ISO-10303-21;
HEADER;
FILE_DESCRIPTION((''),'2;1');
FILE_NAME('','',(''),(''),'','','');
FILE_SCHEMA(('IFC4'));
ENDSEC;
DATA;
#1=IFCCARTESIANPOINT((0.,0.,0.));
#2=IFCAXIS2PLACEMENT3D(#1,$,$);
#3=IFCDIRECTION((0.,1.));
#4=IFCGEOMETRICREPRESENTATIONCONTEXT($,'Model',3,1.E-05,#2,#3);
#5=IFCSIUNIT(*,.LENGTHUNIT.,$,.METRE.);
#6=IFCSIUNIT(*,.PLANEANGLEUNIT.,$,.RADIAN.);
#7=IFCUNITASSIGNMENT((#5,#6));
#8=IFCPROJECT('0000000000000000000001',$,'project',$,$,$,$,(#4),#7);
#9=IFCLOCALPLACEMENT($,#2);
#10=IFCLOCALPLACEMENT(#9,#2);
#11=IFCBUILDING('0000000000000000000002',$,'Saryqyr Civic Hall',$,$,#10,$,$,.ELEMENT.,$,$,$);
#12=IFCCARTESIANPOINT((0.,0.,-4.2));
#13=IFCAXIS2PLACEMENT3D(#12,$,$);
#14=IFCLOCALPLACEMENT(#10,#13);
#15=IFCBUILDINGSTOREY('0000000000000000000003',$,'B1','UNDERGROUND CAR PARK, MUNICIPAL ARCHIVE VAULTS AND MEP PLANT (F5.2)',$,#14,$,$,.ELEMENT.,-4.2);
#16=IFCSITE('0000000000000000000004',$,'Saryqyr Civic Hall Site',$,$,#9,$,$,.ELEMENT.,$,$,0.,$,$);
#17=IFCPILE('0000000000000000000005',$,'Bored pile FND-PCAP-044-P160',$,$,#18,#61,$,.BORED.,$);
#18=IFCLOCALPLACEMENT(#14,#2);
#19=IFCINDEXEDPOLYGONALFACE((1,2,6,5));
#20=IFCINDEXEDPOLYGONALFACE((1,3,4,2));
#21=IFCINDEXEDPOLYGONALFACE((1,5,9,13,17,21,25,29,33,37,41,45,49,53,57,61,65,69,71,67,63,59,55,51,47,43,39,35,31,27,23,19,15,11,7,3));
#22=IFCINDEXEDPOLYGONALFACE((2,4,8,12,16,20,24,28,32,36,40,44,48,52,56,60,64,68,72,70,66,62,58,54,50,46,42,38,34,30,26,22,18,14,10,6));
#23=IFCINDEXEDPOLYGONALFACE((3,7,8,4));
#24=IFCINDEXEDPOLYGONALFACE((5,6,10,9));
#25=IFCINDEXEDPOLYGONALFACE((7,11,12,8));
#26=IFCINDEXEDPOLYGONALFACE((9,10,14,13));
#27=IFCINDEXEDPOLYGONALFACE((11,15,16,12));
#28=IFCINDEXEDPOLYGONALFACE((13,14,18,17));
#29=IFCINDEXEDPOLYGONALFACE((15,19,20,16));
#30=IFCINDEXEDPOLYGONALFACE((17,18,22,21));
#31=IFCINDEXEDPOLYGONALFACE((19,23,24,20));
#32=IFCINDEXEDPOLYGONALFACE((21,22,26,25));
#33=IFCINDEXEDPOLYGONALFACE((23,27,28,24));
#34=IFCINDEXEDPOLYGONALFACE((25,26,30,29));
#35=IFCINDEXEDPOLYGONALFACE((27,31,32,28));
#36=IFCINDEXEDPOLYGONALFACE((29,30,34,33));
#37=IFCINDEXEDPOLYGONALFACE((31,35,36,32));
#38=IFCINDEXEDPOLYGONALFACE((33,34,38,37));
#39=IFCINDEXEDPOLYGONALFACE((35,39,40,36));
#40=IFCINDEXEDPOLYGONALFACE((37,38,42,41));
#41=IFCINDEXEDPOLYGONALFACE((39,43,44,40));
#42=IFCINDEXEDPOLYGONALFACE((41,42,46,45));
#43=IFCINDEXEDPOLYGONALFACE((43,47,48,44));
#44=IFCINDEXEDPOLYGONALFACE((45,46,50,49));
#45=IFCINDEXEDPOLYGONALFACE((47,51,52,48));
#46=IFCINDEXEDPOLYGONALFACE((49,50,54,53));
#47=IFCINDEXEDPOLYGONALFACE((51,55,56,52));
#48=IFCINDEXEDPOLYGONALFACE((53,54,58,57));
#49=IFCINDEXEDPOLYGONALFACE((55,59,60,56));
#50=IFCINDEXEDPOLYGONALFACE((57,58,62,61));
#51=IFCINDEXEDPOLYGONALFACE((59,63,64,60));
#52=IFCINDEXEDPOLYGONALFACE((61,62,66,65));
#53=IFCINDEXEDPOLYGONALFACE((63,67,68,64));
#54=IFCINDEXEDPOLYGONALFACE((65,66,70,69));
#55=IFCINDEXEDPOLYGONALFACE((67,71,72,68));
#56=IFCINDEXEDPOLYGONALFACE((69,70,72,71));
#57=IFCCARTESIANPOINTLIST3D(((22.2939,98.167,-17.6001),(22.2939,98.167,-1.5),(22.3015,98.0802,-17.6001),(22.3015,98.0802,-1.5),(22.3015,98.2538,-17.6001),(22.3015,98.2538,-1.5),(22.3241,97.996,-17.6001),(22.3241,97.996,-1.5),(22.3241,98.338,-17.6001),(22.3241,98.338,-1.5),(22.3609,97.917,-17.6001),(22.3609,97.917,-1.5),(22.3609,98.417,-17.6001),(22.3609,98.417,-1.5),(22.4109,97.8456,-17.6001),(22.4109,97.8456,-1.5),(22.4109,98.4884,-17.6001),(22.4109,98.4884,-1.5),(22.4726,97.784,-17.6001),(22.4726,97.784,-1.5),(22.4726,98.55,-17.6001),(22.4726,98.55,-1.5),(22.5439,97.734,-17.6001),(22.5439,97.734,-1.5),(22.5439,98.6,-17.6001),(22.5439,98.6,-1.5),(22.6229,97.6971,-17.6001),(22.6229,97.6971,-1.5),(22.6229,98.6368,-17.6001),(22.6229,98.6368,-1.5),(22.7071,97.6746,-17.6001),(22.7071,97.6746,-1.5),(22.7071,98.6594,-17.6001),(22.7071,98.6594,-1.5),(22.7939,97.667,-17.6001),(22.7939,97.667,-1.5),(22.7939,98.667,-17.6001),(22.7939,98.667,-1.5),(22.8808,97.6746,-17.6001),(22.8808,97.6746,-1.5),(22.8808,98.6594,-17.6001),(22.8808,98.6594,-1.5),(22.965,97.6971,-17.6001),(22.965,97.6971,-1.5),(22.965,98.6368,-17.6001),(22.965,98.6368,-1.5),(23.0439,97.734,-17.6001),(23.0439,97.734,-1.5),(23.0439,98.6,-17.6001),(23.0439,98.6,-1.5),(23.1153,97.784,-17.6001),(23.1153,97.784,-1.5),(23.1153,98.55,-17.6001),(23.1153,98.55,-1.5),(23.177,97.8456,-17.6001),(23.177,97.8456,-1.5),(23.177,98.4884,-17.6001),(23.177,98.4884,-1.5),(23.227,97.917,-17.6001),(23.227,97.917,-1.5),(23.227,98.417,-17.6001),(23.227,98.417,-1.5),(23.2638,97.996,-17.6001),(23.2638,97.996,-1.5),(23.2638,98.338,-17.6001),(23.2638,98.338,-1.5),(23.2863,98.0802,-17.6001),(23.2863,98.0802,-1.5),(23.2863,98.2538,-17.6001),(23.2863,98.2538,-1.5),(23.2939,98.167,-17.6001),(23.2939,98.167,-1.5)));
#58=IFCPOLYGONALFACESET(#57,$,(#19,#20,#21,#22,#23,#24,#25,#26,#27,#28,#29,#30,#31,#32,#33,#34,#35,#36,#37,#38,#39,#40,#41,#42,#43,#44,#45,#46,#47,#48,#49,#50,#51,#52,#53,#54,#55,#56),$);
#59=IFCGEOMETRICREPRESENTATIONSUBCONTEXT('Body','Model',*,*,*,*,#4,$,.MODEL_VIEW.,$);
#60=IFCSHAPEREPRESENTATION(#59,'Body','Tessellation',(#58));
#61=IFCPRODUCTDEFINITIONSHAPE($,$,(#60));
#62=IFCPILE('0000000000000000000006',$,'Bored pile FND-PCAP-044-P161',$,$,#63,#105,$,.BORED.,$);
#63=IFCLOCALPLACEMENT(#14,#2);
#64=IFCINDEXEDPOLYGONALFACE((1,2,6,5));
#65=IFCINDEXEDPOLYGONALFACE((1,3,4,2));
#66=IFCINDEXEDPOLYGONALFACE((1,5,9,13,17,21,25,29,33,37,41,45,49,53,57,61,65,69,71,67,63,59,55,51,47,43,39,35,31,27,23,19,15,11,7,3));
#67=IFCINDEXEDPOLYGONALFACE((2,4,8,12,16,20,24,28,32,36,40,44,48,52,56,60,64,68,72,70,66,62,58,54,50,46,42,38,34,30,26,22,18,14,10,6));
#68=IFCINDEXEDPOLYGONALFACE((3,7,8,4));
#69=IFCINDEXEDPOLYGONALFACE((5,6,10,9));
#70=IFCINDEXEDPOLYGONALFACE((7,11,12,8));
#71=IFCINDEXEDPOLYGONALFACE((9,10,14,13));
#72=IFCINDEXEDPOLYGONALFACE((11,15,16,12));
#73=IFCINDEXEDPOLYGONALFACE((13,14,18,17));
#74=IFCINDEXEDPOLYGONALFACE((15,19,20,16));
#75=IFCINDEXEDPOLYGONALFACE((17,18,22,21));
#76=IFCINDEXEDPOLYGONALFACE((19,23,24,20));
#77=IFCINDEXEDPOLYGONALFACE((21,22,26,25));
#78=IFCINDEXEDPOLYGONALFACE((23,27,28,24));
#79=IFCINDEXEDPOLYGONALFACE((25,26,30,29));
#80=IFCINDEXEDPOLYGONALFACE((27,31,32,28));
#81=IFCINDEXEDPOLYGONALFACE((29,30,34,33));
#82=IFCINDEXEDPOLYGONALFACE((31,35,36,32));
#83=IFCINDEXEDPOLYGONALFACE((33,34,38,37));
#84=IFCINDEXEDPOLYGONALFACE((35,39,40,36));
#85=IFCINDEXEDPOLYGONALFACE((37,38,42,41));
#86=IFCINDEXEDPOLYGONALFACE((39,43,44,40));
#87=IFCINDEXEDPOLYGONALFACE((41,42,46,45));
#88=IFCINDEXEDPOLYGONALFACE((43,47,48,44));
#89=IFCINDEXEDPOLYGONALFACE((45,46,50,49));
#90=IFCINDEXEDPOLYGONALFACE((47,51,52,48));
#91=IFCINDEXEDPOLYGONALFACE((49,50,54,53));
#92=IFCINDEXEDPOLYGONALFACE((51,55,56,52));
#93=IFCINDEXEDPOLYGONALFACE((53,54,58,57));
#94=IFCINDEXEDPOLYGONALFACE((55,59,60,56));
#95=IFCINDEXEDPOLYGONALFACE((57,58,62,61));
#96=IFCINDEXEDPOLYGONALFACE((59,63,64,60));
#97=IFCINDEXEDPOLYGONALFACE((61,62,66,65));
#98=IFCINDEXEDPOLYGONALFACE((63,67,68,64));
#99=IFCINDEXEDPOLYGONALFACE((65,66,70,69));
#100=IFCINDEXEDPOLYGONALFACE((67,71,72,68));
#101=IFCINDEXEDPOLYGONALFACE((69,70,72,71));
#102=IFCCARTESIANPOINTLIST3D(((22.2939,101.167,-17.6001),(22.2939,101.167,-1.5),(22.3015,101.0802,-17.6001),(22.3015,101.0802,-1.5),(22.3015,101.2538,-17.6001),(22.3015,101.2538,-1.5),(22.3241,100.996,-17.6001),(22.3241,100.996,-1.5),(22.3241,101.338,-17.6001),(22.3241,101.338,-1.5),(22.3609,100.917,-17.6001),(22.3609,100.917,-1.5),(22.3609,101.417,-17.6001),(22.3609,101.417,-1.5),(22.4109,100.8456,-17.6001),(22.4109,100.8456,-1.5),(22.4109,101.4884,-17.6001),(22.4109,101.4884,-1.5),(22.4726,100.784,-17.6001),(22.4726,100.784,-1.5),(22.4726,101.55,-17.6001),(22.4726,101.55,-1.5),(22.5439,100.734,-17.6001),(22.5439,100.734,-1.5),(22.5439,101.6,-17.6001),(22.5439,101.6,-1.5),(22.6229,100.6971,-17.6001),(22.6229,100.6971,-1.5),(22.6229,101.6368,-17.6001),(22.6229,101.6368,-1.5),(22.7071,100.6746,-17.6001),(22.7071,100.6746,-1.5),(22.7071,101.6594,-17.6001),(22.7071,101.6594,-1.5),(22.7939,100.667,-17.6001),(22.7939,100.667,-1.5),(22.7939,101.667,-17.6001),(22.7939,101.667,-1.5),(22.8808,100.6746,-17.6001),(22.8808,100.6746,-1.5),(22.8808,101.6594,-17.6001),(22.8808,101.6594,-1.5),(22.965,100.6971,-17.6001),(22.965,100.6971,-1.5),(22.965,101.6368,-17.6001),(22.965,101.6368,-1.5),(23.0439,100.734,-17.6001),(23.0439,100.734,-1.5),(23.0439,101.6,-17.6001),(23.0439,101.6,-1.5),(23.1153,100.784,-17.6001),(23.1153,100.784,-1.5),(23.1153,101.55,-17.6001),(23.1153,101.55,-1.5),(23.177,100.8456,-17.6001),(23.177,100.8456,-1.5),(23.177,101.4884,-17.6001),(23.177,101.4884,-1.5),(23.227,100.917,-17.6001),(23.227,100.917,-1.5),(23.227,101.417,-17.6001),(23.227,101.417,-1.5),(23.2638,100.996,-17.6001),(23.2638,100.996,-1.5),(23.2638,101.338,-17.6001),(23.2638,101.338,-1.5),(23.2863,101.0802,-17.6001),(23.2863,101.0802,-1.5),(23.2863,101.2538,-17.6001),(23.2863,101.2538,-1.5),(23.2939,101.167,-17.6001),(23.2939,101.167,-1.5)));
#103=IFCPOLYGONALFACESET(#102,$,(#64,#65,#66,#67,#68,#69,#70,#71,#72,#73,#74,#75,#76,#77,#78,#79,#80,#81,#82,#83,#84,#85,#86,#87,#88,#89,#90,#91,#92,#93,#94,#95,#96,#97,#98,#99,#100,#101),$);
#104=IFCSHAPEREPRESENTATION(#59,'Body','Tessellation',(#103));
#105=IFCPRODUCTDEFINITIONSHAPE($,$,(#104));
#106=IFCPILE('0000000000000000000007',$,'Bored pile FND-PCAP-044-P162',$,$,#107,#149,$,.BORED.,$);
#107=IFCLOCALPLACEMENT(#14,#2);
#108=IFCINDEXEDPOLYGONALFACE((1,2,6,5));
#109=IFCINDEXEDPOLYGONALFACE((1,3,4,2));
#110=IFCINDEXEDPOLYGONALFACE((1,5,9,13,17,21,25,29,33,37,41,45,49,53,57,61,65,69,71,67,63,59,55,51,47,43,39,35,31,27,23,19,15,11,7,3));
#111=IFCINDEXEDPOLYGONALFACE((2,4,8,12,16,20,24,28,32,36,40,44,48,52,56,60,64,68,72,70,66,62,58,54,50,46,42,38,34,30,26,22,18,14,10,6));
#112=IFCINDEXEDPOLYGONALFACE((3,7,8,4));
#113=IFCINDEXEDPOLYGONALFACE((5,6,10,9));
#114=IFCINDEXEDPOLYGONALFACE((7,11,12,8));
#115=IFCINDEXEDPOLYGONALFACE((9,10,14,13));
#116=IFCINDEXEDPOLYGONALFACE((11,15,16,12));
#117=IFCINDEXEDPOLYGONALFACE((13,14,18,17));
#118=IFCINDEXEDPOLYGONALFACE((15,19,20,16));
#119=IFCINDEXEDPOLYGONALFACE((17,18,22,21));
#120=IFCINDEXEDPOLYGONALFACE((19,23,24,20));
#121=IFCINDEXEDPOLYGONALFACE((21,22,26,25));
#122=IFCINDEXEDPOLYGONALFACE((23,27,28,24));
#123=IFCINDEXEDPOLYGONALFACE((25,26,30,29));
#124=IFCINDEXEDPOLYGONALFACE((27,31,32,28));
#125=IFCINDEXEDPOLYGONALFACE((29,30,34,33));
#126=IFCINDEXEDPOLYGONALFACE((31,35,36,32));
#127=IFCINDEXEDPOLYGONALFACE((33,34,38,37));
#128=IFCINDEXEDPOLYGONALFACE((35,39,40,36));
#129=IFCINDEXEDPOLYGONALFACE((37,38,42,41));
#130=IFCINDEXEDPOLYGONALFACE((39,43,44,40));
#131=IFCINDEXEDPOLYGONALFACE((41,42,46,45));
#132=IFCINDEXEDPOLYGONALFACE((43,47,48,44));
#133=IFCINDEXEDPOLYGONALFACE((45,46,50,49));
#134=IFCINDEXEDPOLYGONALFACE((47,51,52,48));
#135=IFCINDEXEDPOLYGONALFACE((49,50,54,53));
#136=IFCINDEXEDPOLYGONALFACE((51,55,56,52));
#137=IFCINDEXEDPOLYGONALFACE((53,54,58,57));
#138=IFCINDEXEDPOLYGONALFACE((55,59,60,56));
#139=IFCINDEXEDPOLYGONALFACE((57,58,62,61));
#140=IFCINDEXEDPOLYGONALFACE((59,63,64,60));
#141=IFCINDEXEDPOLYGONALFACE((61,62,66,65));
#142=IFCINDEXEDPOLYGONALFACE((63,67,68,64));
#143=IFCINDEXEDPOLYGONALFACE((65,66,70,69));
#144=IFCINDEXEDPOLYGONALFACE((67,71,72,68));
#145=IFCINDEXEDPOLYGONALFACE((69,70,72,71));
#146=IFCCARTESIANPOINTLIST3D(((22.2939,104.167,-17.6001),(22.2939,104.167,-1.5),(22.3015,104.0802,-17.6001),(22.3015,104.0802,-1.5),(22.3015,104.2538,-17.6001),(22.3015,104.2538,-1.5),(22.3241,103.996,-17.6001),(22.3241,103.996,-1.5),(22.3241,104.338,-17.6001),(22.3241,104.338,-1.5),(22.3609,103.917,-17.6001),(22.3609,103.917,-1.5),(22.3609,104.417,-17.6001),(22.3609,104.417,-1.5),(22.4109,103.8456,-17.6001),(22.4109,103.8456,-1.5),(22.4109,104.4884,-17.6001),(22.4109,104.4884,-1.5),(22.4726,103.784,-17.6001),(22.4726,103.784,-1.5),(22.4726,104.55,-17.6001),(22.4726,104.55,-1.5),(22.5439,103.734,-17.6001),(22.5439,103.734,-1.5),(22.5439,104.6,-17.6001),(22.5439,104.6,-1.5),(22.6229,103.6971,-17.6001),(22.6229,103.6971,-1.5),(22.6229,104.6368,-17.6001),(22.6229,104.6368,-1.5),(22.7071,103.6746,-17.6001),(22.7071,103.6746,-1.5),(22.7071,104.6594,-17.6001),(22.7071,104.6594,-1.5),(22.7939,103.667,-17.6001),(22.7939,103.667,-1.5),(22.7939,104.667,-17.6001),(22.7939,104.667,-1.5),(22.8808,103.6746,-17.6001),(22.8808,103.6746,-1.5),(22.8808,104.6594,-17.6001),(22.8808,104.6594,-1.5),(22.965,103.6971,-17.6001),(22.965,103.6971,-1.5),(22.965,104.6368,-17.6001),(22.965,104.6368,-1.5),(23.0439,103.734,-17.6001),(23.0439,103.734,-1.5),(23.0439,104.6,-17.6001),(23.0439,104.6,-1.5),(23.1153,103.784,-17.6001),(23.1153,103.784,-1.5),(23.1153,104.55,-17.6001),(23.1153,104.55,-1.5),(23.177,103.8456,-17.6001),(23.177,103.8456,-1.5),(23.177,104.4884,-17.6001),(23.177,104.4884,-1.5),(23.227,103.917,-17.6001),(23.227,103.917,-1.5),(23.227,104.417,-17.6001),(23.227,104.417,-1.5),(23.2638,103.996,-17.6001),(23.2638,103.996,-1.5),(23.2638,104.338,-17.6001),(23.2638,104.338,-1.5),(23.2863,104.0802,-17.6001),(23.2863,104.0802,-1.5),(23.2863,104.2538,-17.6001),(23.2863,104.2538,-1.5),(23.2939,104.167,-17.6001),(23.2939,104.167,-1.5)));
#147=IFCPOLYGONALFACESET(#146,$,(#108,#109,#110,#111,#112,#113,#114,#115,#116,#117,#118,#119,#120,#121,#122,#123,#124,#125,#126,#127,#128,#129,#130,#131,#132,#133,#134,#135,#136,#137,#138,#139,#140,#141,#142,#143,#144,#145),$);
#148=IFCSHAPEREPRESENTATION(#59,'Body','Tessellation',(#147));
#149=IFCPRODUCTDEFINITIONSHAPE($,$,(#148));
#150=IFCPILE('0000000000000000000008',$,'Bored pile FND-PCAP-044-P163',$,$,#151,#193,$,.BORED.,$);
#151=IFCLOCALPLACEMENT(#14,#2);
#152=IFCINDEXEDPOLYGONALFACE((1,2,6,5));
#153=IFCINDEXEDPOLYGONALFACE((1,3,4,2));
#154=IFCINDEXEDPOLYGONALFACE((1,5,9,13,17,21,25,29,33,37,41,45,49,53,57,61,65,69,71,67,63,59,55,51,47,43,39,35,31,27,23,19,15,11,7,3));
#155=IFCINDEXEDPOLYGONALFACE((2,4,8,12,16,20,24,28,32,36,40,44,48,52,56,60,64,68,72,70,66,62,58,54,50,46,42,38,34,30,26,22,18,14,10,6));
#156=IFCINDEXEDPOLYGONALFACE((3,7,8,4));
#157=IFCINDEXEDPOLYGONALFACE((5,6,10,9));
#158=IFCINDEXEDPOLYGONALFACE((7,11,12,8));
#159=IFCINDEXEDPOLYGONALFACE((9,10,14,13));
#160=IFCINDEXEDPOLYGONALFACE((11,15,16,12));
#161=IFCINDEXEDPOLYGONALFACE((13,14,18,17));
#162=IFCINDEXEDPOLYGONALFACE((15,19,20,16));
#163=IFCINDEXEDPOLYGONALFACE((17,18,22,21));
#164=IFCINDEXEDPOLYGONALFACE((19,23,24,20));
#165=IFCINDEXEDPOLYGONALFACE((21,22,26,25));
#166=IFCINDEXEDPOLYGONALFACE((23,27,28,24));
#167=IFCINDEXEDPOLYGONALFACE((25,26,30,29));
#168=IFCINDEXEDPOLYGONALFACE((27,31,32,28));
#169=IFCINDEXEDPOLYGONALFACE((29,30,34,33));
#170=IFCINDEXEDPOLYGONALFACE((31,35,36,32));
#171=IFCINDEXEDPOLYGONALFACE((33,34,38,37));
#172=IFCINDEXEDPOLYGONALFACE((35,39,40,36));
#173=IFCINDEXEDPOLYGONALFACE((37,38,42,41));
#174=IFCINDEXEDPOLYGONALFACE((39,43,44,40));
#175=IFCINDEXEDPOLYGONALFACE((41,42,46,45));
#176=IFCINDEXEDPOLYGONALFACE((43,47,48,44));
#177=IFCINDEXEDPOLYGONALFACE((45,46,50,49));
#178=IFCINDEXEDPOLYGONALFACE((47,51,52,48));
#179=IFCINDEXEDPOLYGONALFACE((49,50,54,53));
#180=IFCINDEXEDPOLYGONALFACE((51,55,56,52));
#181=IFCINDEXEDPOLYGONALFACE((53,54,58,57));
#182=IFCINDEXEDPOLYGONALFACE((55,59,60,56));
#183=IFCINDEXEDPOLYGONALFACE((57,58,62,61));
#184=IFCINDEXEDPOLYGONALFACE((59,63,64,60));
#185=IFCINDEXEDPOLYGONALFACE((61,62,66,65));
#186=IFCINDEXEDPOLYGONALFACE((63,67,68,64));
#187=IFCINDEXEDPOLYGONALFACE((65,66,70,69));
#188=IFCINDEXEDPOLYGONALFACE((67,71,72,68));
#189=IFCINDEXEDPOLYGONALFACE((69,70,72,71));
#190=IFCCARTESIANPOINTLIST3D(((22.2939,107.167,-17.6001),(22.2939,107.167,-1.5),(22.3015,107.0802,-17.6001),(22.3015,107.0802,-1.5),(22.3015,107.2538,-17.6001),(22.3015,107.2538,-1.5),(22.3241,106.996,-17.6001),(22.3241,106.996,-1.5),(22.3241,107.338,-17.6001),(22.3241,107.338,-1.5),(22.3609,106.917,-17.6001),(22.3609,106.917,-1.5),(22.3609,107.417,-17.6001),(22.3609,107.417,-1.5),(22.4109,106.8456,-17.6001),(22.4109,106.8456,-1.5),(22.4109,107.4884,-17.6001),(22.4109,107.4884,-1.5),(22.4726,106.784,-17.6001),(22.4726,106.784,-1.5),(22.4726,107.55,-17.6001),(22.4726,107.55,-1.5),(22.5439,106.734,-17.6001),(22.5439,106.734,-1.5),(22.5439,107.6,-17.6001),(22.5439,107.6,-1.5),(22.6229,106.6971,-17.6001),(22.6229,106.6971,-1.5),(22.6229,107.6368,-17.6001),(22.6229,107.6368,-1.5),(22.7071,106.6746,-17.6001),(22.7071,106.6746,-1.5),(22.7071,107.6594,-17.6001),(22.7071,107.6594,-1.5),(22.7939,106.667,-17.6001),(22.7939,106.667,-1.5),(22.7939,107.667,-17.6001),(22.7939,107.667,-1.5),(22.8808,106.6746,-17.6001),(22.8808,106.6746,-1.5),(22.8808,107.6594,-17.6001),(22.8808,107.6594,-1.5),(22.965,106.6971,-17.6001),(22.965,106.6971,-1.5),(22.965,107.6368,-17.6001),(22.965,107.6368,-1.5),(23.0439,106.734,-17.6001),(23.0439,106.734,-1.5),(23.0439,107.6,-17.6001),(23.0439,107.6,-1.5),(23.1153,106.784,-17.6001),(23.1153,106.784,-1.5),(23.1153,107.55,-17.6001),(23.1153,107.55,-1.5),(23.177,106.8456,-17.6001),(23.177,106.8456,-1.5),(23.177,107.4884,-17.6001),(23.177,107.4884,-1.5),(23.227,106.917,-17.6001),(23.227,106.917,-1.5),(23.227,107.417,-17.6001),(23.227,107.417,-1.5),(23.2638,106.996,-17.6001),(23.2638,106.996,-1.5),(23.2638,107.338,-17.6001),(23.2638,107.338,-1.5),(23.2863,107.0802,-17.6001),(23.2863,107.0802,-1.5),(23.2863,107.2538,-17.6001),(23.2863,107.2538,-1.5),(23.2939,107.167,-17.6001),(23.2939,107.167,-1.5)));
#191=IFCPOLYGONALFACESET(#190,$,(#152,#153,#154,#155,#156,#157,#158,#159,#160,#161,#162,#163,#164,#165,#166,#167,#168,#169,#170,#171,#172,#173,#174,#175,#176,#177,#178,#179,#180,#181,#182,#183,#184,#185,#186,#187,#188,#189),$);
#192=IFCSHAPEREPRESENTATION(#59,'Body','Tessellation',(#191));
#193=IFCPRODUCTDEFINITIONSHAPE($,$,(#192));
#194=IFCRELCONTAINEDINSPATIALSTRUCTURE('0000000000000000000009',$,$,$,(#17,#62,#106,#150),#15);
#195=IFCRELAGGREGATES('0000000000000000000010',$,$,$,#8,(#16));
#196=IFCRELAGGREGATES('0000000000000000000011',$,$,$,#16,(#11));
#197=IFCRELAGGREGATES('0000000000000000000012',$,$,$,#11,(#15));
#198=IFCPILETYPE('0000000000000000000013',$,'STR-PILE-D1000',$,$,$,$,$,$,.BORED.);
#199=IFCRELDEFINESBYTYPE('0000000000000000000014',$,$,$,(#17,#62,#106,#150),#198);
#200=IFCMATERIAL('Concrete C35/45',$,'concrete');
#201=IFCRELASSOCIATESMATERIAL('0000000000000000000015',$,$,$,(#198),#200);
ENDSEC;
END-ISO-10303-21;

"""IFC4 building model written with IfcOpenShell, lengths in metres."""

from ifc_helpers import new_model, si_unit, direction, frame, origin, origin_2d, place, context, subcontext, project, spatial, circle, extrude, material, material_profile, profile_set, type_object, element, save


model = new_model("IFC4")

# Units and contexts
model_context = context("Model", 3, precision=1e-05, world=origin(), true_north=direction((0.0, 1.0)))
body_context = subcontext(model_context, "Body", "Model", "MODEL_VIEW")
ifc_project = project(units=[si_unit("LENGTHUNIT", "METRE"), si_unit("PLANEANGLEUNIT", "RADIAN")], contexts=[model_context])

# Site, building, storey
site_placement = place(None, origin())
site = spatial("IfcSite", under=ifc_project, at=site_placement, Name="Saryqyr Civic Hall Site", CompositionType="ELEMENT", RefElevation=0.0)
building_placement = place(site_placement, origin())
building = spatial("IfcBuilding", under=site, at=building_placement, Name="Saryqyr Civic Hall", CompositionType="ELEMENT")
storey_placement = place(building_placement, frame((0.0, 0.0, -4.2)))
storey = spatial("IfcBuildingStorey", under=building, at=storey_placement, Name="B1", Description="UNDERGROUND CAR PARK, MUNICIPAL ARCHIVE VAULTS AND MEP PLANT (F5.2)", CompositionType="ELEMENT", Elevation=-4.2)

# Piles
ifc_material_1 = material(Name="Concrete C35/45", Category="concrete")
ifc_material_profile_1 = material_profile(ifc_material_1, circle(Radius=0.5, at=origin_2d()), Name="BORED PILE D1000")
ifc_profile_set_1 = profile_set([ifc_material_profile_1], Name="Concrete C35/45")
pile_type = type_object("IfcPileType", Name="STR-PILE-D1000", PredefinedType="BORED", material=ifc_profile_set_1)
for number, where, z_axis, x_axis, name in (
    (1, (22.7939, 98.167, -1.5), (0.0, 0.0, -1.0), (1.0, 0.0, 0.0), "Bored pile FND-PCAP-044-P160"),
    (2, (22.7939, 101.167, -1.5), (0.0, 0.0, -1.0), (1.0, 0.0, 0.0), "Bored pile FND-PCAP-044-P161"),
    (3, (22.7939, 104.167, -1.5), (0.0, 0.0, -1.0), (1.0, 0.0, 0.0), "Bored pile FND-PCAP-044-P162"),
    (4, (22.7939, 107.167, -1.5), (0.0, 0.0, -1.0), (1.0, 0.0, 0.0), "Bored pile FND-PCAP-044-P163"),
):
    element("IfcPile", number, at=place(storey_placement, frame(where, z_axis=z_axis, x_axis=x_axis)), inside=storey, type_object=pile_type, Name=name, PredefinedType="BORED", context=body_context, shape_type="SweptSolid", body=[
        extrude(circle(Radius=0.5, at=origin_2d()), origin(), (0.0, 0.0, 1.0), 16.1001),
    ])

save(model, "model.ifc")
